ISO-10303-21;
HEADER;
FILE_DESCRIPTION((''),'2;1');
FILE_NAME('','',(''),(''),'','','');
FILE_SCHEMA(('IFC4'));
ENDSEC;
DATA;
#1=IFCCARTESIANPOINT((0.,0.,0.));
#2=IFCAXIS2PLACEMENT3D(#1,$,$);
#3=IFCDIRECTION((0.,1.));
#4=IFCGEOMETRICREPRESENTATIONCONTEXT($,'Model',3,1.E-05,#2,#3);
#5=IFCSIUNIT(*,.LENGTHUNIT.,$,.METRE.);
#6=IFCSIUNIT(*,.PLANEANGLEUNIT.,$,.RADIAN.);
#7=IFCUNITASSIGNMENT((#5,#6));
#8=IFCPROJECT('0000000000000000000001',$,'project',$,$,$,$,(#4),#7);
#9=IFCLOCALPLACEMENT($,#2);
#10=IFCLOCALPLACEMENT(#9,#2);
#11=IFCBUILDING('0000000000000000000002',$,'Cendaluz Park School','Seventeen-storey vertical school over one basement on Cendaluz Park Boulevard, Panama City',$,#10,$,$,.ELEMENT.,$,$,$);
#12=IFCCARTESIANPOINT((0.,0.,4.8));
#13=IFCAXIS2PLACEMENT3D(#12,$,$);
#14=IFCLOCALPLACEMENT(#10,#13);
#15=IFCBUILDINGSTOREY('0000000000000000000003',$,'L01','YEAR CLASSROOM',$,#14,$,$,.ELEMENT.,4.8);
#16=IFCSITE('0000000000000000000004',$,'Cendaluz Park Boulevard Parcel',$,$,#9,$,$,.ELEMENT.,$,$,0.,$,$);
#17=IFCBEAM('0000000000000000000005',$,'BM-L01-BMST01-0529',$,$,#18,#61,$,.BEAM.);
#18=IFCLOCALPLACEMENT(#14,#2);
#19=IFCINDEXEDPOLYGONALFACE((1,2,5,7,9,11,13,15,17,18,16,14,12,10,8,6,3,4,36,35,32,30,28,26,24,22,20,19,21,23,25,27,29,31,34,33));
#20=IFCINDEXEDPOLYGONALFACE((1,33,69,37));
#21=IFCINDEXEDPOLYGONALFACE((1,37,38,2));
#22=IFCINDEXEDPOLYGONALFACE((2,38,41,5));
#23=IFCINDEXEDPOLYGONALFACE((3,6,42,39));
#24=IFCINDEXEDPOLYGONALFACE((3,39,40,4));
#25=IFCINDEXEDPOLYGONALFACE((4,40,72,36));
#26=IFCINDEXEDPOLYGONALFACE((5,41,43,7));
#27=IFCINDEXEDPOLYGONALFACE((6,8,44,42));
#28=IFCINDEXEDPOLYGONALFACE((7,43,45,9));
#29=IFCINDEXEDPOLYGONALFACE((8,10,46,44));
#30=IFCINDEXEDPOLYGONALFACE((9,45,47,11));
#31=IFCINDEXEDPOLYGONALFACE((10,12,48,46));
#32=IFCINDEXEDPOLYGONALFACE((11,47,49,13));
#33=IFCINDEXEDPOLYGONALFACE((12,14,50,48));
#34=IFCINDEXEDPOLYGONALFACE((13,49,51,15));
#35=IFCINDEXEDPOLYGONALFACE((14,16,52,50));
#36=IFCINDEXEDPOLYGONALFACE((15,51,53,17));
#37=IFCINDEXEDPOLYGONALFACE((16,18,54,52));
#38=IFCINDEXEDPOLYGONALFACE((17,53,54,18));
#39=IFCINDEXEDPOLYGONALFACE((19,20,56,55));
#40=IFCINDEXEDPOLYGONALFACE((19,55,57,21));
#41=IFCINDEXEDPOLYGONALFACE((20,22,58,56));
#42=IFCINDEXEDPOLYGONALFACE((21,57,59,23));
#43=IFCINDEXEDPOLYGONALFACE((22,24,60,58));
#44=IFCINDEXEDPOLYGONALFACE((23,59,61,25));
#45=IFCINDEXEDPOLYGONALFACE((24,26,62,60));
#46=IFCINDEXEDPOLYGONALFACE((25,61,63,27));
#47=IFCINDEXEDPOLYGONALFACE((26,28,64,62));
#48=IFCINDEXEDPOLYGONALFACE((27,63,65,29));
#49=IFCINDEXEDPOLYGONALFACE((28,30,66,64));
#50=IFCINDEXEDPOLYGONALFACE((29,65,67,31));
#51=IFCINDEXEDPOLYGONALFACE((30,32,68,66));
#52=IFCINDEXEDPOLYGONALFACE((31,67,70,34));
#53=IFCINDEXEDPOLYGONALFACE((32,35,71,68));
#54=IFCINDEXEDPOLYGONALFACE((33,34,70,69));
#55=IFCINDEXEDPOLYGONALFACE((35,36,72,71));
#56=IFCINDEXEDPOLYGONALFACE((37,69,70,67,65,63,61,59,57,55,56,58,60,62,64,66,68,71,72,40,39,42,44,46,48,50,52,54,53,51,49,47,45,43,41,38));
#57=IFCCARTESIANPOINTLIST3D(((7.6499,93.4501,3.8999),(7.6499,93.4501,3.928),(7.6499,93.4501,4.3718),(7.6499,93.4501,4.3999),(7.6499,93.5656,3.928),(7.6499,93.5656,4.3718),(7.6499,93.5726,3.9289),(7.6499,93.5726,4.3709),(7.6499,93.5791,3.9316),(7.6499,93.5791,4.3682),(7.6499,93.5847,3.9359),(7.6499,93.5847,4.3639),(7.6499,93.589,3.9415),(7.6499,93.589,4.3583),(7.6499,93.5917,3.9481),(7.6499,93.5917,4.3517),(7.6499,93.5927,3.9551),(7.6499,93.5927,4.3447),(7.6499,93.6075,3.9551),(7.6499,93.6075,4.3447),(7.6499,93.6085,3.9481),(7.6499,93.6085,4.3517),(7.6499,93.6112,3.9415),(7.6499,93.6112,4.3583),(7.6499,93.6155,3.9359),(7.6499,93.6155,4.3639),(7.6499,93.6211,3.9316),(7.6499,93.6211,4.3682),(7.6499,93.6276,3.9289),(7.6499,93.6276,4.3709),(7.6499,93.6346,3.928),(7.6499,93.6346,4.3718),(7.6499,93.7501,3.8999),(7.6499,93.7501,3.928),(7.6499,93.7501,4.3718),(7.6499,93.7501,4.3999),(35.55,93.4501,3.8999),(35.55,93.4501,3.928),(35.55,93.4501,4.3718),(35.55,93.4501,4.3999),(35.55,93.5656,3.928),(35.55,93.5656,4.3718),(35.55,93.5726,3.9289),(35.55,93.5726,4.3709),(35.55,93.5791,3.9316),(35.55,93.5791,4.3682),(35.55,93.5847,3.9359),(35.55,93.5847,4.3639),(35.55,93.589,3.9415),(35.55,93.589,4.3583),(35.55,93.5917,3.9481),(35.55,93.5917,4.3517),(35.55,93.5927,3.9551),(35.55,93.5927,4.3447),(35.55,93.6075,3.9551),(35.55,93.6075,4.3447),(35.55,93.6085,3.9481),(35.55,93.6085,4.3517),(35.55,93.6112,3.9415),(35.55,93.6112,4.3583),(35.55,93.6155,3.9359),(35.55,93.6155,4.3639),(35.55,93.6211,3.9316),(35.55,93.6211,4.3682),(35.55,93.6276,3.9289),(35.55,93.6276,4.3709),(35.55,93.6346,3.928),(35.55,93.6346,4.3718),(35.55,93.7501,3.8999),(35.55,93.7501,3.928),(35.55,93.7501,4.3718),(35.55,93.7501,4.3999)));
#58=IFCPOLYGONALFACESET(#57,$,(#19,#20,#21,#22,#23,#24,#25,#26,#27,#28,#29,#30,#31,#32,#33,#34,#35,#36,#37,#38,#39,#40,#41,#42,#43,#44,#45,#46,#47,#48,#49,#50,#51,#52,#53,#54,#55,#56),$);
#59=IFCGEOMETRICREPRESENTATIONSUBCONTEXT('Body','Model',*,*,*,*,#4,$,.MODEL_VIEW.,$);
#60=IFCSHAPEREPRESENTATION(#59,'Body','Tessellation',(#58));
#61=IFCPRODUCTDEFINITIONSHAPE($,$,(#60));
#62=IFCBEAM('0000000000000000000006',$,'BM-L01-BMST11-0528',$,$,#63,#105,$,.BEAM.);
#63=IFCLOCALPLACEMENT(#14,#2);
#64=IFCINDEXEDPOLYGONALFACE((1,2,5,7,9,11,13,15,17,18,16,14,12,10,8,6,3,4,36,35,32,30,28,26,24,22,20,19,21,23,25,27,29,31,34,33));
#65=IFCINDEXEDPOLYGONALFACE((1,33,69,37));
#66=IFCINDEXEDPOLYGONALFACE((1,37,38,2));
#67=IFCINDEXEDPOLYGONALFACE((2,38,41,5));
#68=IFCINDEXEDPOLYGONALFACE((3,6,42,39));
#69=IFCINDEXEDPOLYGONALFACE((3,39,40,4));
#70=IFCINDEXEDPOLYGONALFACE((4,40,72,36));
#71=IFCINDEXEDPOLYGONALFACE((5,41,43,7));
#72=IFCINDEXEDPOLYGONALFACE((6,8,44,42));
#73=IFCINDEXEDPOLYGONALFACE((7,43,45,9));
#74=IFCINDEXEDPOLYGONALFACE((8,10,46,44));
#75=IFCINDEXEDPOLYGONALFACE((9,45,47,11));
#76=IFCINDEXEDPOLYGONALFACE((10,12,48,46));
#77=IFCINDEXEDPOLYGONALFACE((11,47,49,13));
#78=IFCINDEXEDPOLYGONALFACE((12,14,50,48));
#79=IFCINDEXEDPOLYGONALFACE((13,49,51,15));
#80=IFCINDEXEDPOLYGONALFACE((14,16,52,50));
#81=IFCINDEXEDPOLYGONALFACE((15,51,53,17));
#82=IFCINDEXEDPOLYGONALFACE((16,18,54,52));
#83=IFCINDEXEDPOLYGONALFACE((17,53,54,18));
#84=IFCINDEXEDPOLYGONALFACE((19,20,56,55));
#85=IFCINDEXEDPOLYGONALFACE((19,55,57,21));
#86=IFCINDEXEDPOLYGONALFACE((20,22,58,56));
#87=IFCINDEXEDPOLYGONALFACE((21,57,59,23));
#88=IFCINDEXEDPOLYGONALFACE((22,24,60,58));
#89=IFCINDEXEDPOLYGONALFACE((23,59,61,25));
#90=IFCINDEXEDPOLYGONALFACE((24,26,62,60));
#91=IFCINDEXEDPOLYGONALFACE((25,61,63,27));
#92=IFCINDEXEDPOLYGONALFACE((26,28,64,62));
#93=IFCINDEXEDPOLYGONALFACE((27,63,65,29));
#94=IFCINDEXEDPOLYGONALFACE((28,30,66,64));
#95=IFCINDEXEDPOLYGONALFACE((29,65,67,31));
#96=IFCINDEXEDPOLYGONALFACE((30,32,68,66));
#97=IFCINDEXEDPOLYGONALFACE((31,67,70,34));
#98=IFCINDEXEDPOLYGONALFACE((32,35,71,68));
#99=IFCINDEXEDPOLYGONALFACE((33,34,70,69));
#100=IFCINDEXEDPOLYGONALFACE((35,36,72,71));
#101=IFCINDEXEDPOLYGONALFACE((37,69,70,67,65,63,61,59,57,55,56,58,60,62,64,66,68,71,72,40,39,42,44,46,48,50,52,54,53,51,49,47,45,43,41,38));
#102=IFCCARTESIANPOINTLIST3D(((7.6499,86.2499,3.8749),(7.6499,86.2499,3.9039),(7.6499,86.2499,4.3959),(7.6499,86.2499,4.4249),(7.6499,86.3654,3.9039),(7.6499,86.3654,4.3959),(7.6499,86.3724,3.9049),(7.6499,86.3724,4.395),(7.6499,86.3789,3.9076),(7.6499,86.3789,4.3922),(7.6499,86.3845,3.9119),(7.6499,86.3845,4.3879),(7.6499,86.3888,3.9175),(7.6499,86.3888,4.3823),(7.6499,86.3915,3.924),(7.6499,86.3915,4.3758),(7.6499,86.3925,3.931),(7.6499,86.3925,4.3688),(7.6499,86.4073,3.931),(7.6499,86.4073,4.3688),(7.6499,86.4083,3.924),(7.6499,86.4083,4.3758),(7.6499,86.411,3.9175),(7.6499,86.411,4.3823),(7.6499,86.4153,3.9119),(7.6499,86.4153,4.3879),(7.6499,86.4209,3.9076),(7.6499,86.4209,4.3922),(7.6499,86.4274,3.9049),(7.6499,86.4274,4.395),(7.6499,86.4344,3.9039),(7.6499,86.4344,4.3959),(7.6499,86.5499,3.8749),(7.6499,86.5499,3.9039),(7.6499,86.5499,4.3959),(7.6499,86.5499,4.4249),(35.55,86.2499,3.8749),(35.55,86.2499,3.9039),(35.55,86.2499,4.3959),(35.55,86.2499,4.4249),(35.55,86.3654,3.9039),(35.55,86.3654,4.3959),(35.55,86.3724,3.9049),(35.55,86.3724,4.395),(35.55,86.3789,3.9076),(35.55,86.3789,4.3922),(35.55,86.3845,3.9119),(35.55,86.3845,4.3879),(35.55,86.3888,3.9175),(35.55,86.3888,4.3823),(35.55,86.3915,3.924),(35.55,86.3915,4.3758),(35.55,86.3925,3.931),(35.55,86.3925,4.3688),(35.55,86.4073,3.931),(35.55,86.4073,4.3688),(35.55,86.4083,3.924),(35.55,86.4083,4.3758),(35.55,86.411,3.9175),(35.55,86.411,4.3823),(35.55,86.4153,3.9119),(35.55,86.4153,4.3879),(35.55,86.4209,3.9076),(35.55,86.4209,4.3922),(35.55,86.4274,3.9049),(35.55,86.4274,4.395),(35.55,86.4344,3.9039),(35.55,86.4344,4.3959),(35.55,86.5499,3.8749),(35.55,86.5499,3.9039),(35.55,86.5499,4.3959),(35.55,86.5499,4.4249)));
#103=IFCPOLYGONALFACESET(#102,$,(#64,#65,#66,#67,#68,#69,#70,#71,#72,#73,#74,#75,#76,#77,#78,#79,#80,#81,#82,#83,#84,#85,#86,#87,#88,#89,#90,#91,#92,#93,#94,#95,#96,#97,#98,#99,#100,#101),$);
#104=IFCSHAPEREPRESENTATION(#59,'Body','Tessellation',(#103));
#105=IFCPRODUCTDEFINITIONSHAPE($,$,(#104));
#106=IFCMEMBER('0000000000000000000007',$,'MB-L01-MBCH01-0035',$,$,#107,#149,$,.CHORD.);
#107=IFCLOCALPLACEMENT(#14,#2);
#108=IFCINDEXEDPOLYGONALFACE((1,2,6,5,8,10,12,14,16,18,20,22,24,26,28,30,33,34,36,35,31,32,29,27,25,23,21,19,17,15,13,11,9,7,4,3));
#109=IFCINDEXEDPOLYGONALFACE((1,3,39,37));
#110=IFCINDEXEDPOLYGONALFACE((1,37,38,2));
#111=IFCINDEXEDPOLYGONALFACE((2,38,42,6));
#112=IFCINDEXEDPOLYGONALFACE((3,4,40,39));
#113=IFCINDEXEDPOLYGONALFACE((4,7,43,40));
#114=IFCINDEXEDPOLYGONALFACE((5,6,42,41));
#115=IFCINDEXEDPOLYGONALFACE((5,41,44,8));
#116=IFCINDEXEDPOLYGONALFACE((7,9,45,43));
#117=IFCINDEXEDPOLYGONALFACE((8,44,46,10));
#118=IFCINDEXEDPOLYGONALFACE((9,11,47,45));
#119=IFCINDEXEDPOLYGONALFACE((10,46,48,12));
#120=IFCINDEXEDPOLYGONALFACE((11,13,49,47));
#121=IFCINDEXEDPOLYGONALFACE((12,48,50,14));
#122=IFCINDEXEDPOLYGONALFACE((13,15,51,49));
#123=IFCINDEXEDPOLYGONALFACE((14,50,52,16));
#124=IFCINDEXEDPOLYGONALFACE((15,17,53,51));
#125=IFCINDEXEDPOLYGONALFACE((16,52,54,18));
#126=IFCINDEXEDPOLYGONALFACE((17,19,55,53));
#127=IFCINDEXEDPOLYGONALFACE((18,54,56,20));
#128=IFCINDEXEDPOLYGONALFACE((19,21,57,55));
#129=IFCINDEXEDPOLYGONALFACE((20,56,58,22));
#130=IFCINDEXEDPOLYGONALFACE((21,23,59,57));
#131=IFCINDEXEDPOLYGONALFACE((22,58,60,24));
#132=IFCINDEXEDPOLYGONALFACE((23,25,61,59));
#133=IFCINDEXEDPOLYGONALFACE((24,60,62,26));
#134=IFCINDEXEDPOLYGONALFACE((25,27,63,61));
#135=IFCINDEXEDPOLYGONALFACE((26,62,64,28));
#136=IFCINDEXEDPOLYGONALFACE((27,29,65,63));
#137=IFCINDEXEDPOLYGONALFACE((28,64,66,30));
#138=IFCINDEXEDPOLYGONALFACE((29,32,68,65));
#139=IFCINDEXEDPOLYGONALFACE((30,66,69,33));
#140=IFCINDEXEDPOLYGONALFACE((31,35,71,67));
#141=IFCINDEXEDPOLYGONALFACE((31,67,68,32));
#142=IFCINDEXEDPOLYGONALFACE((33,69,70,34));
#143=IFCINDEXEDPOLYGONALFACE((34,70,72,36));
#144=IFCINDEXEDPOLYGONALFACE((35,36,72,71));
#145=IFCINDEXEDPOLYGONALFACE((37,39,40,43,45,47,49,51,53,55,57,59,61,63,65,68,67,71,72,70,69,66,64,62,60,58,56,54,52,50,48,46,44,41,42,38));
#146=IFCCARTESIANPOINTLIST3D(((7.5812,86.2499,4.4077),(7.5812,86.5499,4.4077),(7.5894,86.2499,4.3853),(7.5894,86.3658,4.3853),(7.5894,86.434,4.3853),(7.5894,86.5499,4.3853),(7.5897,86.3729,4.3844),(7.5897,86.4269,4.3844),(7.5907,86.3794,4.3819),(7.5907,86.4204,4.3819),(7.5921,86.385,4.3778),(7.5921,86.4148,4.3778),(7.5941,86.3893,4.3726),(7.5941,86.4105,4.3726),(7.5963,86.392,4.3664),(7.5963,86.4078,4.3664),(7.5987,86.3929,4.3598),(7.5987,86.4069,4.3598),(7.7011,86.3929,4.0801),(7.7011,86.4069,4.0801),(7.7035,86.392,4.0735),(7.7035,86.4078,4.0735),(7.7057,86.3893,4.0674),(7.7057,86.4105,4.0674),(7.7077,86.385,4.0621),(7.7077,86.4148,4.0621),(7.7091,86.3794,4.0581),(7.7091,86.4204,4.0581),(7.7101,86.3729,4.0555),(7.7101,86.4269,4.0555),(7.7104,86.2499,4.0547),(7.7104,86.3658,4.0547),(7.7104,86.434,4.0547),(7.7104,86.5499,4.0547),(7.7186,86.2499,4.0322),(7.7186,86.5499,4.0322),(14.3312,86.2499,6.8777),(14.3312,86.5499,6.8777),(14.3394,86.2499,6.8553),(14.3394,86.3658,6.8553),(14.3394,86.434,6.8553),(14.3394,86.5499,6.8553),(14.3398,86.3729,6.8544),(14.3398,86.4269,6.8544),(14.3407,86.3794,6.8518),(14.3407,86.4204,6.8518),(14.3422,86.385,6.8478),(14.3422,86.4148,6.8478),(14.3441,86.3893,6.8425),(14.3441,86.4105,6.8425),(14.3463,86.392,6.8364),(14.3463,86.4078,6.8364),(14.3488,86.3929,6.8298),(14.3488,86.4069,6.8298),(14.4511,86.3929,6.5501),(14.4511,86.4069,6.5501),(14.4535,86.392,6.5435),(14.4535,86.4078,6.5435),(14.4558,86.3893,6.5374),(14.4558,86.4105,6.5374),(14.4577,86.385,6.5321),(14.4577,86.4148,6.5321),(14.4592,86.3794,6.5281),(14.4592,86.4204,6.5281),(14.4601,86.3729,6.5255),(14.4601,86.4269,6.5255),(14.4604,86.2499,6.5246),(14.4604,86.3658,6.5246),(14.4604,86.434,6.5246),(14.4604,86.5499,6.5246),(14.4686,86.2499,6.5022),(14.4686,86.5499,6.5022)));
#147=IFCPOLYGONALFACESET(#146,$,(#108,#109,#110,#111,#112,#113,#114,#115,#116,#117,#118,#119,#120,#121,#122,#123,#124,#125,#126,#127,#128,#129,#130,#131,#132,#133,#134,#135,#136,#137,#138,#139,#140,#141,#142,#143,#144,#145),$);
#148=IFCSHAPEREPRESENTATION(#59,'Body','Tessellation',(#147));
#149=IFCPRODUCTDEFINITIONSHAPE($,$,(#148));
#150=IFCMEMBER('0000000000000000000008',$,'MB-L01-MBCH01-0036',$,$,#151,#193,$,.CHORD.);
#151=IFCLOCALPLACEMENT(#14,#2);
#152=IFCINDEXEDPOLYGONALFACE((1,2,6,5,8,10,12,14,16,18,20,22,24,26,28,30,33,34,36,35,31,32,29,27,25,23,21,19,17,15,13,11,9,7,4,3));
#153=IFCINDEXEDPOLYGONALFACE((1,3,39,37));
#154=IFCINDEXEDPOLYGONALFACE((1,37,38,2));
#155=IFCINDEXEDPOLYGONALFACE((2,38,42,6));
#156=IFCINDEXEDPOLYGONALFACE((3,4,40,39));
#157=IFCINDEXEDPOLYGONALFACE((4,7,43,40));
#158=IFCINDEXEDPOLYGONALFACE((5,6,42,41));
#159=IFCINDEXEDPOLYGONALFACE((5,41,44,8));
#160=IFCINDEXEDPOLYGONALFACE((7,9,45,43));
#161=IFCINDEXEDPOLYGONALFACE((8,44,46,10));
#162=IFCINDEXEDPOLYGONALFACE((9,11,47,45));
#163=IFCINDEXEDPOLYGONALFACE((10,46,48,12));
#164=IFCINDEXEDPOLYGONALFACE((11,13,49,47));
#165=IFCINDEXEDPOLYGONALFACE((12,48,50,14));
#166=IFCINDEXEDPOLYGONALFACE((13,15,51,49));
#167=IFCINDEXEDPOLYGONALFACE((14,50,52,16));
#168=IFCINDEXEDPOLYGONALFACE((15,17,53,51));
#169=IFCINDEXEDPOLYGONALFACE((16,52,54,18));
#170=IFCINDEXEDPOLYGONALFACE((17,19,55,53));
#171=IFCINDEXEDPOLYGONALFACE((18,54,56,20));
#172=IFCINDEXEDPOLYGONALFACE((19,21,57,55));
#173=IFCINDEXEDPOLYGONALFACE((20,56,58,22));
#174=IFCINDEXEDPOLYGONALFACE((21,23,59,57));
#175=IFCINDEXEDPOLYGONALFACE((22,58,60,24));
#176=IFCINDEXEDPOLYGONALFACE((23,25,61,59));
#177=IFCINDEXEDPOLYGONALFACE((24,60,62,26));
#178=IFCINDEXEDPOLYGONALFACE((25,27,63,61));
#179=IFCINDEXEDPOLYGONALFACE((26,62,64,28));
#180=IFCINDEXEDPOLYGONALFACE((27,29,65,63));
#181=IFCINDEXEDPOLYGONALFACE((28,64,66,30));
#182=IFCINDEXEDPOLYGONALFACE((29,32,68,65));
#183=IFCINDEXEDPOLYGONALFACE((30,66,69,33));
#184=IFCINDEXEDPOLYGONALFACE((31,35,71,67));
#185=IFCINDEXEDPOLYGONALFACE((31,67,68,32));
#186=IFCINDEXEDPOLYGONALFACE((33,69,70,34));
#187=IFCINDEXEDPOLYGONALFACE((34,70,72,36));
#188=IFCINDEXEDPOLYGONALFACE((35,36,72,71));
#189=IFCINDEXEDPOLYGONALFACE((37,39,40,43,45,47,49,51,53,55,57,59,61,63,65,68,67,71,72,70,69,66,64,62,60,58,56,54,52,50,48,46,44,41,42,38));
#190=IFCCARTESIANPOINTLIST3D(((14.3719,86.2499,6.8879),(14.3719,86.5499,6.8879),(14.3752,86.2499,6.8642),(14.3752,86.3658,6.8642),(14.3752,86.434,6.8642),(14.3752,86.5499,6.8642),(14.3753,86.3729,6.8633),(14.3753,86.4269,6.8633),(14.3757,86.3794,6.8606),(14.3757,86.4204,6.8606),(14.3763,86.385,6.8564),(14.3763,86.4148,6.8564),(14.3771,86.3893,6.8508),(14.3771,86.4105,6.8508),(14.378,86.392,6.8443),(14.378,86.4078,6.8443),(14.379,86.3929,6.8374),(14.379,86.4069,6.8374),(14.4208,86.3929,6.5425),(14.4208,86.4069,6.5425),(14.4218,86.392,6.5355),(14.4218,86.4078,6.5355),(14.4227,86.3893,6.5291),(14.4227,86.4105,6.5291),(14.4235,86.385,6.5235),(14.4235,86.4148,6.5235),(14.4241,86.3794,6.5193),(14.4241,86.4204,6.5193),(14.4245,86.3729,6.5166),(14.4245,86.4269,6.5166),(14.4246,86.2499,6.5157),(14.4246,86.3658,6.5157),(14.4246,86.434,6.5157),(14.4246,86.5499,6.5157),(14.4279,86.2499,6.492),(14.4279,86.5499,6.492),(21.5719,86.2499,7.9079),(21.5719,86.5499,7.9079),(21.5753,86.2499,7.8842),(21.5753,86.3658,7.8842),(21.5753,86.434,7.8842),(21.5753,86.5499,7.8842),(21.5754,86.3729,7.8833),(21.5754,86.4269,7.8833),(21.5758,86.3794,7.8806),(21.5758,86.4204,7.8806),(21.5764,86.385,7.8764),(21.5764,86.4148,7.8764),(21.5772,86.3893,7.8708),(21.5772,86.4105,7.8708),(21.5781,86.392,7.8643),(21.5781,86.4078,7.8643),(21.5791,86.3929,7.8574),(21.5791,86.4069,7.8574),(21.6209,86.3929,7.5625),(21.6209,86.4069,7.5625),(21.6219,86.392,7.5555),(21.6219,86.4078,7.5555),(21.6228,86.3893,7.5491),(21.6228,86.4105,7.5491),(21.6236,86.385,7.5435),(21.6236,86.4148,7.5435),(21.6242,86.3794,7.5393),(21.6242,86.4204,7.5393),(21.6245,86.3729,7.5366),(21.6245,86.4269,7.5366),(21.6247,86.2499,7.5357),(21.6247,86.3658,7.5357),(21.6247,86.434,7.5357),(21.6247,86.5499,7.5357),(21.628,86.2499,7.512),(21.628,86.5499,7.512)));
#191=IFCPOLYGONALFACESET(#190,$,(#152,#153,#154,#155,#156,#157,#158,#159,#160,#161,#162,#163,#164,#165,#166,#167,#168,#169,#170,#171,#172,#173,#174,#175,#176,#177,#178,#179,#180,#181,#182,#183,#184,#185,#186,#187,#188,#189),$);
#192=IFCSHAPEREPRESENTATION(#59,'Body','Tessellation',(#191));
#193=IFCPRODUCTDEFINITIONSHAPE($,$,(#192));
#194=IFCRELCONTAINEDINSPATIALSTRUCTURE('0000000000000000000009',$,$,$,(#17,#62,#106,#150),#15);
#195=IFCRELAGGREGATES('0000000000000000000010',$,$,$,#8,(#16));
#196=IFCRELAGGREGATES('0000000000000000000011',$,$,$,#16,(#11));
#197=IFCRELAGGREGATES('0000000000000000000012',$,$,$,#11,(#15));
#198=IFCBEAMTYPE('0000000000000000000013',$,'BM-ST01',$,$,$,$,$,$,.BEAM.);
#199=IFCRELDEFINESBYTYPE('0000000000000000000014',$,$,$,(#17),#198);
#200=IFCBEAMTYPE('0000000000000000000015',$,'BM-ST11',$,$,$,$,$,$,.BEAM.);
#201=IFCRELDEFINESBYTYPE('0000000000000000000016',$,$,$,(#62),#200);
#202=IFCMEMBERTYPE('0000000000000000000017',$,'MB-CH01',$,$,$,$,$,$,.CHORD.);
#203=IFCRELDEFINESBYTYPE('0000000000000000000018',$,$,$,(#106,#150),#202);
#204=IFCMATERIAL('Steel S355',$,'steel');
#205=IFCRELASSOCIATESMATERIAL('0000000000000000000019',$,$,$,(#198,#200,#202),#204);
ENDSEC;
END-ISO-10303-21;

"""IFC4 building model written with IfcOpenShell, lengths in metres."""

from ifc_helpers import new_model, si_unit, direction, frame, origin, origin_2d, place, context, subcontext, project, spatial, i_section, extrude, material, material_profile, profile_set, type_object, element, save


model = new_model("IFC4")

# Units and contexts
model_context = context("Model", 3, precision=1e-05, world=origin(), true_north=direction((0.0, 1.0)))
body_context = subcontext(model_context, "Body", "Model", "MODEL_VIEW")
ifc_project = project(units=[si_unit("LENGTHUNIT", "METRE"), si_unit("PLANEANGLEUNIT", "RADIAN")], contexts=[model_context])

# Site, building, storey
site_placement = place(None, origin())
site = spatial("IfcSite", under=ifc_project, at=site_placement, Name="Cendaluz Park Boulevard Parcel", CompositionType="ELEMENT", RefElevation=0.0)
building_placement = place(site_placement, origin())
building = spatial("IfcBuilding", under=site, at=building_placement, Name="Cendaluz Park School", Description="Seventeen-storey vertical school over one basement on Cendaluz Park Boulevard, Panama City", CompositionType="ELEMENT")
storey_placement = place(building_placement, frame((0.0, 0.0, 4.8)))
storey = spatial("IfcBuildingStorey", under=building, at=storey_placement, Name="L01", Description="YEAR CLASSROOM", CompositionType="ELEMENT", Elevation=4.8)

# Beams
ifc_material = material(Name="Steel S355", Category="steel")
ifc_material_profile_1 = material_profile(ifc_material, i_section(OverallWidth=0.3, OverallDepth=0.5, WebThickness=0.0149, FlangeThickness=0.0281, FilletRadius=0.0271, at=origin_2d()), Name="HEB 500", Category="steel")
ifc_profile_set_1 = profile_set([ifc_material_profile_1], Name="Steel S355")
beam_type_1 = type_object("IfcBeamType", Name="BM-ST01", PredefinedType="BEAM", material=ifc_profile_set_1)
beam_1_placement = place(storey_placement, frame((7.6499, 93.6001, 4.1499), z_axis=(1.0, 0.0, 0.0), x_axis=(0.0, 1.0, 0.0)))
element("IfcBeam", 1, at=beam_1_placement, inside=storey, type_object=beam_type_1, Name="BM-L01-BMST01-0529", PredefinedType="BEAM", context=body_context, shape_type="SweptSolid", body=[
    extrude(i_section(OverallWidth=0.3, OverallDepth=0.5, WebThickness=0.0149, FlangeThickness=0.0281, FilletRadius=0.0271, at=origin_2d()), origin(), (0.0, 0.0, 1.0), 27.9001),
])
ifc_material_profile_2 = material_profile(ifc_material, i_section(OverallWidth=0.3, OverallDepth=0.55, WebThickness=0.0149, FlangeThickness=0.0291, FilletRadius=0.0271, at=origin_2d()), Name="HEB 550", Category="steel")
ifc_profile_set_2 = profile_set([ifc_material_profile_2], Name="Steel S355")
beam_type_2 = type_object("IfcBeamType", Name="BM-ST11", PredefinedType="BEAM", material=ifc_profile_set_2)
beam_2_placement = place(storey_placement, frame((7.6499, 86.3999, 4.1499), z_axis=(1.0, 0.0, 0.0), x_axis=(0.0, 1.0, 0.0)))
element("IfcBeam", 2, at=beam_2_placement, inside=storey, type_object=beam_type_2, Name="BM-L01-BMST11-0528", PredefinedType="BEAM", context=body_context, shape_type="SweptSolid", body=[
    extrude(i_section(OverallWidth=0.3, OverallDepth=0.55, WebThickness=0.0149, FlangeThickness=0.0291, FilletRadius=0.0271, at=origin_2d()), origin(), (0.0, 0.0, 1.0), 27.9001),
])

# Members
ifc_material_profile_3 = material_profile(ifc_material, i_section(OverallWidth=0.3, OverallDepth=0.3999, WebThickness=0.0139, FlangeThickness=0.0239, FilletRadius=0.0271, at=origin_2d()), Name="HEB 400", Category="steel")
ifc_profile_set_3 = profile_set([ifc_material_profile_3], Name="Steel S355")
member_type_1 = type_object("IfcMemberType", Name="MB-CH01", PredefinedType="CHORD", material=ifc_profile_set_3)
member_1_placement = place(storey_placement, frame((7.6499, 86.3999, 4.22), z_axis=(0.939102, 0.0, 0.343638), x_axis=(0.0, 1.0, 0.0)))
element("IfcMember", 3, at=member_1_placement, inside=storey, type_object=member_type_1, Name="MB-L01-MBCH01-0035", PredefinedType="CHORD", context=body_context, shape_type="SweptSolid", body=[
    extrude(i_section(OverallWidth=0.3, OverallDepth=0.3999, WebThickness=0.0139, FlangeThickness=0.0239, FilletRadius=0.0271, at=origin_2d()), origin(), (0.0, 0.0, 1.0), 7.1877),
])
member_2_placement = place(storey_placement, frame((14.3999, 86.3999, 6.6899), z_axis=(0.990114, 0.0, 0.140265), x_axis=(0.0, 1.0, 0.0)))
element("IfcMember", 4, at=member_2_placement, inside=storey, type_object=member_type_1, Name="MB-L01-MBCH01-0036", PredefinedType="CHORD", context=body_context, shape_type="SweptSolid", body=[
    extrude(i_section(OverallWidth=0.3, OverallDepth=0.3999, WebThickness=0.0139, FlangeThickness=0.0239, FilletRadius=0.0271, at=origin_2d()), origin(), (0.0, 0.0, 1.0), 7.272),
])

save(model, "model.ifc")
